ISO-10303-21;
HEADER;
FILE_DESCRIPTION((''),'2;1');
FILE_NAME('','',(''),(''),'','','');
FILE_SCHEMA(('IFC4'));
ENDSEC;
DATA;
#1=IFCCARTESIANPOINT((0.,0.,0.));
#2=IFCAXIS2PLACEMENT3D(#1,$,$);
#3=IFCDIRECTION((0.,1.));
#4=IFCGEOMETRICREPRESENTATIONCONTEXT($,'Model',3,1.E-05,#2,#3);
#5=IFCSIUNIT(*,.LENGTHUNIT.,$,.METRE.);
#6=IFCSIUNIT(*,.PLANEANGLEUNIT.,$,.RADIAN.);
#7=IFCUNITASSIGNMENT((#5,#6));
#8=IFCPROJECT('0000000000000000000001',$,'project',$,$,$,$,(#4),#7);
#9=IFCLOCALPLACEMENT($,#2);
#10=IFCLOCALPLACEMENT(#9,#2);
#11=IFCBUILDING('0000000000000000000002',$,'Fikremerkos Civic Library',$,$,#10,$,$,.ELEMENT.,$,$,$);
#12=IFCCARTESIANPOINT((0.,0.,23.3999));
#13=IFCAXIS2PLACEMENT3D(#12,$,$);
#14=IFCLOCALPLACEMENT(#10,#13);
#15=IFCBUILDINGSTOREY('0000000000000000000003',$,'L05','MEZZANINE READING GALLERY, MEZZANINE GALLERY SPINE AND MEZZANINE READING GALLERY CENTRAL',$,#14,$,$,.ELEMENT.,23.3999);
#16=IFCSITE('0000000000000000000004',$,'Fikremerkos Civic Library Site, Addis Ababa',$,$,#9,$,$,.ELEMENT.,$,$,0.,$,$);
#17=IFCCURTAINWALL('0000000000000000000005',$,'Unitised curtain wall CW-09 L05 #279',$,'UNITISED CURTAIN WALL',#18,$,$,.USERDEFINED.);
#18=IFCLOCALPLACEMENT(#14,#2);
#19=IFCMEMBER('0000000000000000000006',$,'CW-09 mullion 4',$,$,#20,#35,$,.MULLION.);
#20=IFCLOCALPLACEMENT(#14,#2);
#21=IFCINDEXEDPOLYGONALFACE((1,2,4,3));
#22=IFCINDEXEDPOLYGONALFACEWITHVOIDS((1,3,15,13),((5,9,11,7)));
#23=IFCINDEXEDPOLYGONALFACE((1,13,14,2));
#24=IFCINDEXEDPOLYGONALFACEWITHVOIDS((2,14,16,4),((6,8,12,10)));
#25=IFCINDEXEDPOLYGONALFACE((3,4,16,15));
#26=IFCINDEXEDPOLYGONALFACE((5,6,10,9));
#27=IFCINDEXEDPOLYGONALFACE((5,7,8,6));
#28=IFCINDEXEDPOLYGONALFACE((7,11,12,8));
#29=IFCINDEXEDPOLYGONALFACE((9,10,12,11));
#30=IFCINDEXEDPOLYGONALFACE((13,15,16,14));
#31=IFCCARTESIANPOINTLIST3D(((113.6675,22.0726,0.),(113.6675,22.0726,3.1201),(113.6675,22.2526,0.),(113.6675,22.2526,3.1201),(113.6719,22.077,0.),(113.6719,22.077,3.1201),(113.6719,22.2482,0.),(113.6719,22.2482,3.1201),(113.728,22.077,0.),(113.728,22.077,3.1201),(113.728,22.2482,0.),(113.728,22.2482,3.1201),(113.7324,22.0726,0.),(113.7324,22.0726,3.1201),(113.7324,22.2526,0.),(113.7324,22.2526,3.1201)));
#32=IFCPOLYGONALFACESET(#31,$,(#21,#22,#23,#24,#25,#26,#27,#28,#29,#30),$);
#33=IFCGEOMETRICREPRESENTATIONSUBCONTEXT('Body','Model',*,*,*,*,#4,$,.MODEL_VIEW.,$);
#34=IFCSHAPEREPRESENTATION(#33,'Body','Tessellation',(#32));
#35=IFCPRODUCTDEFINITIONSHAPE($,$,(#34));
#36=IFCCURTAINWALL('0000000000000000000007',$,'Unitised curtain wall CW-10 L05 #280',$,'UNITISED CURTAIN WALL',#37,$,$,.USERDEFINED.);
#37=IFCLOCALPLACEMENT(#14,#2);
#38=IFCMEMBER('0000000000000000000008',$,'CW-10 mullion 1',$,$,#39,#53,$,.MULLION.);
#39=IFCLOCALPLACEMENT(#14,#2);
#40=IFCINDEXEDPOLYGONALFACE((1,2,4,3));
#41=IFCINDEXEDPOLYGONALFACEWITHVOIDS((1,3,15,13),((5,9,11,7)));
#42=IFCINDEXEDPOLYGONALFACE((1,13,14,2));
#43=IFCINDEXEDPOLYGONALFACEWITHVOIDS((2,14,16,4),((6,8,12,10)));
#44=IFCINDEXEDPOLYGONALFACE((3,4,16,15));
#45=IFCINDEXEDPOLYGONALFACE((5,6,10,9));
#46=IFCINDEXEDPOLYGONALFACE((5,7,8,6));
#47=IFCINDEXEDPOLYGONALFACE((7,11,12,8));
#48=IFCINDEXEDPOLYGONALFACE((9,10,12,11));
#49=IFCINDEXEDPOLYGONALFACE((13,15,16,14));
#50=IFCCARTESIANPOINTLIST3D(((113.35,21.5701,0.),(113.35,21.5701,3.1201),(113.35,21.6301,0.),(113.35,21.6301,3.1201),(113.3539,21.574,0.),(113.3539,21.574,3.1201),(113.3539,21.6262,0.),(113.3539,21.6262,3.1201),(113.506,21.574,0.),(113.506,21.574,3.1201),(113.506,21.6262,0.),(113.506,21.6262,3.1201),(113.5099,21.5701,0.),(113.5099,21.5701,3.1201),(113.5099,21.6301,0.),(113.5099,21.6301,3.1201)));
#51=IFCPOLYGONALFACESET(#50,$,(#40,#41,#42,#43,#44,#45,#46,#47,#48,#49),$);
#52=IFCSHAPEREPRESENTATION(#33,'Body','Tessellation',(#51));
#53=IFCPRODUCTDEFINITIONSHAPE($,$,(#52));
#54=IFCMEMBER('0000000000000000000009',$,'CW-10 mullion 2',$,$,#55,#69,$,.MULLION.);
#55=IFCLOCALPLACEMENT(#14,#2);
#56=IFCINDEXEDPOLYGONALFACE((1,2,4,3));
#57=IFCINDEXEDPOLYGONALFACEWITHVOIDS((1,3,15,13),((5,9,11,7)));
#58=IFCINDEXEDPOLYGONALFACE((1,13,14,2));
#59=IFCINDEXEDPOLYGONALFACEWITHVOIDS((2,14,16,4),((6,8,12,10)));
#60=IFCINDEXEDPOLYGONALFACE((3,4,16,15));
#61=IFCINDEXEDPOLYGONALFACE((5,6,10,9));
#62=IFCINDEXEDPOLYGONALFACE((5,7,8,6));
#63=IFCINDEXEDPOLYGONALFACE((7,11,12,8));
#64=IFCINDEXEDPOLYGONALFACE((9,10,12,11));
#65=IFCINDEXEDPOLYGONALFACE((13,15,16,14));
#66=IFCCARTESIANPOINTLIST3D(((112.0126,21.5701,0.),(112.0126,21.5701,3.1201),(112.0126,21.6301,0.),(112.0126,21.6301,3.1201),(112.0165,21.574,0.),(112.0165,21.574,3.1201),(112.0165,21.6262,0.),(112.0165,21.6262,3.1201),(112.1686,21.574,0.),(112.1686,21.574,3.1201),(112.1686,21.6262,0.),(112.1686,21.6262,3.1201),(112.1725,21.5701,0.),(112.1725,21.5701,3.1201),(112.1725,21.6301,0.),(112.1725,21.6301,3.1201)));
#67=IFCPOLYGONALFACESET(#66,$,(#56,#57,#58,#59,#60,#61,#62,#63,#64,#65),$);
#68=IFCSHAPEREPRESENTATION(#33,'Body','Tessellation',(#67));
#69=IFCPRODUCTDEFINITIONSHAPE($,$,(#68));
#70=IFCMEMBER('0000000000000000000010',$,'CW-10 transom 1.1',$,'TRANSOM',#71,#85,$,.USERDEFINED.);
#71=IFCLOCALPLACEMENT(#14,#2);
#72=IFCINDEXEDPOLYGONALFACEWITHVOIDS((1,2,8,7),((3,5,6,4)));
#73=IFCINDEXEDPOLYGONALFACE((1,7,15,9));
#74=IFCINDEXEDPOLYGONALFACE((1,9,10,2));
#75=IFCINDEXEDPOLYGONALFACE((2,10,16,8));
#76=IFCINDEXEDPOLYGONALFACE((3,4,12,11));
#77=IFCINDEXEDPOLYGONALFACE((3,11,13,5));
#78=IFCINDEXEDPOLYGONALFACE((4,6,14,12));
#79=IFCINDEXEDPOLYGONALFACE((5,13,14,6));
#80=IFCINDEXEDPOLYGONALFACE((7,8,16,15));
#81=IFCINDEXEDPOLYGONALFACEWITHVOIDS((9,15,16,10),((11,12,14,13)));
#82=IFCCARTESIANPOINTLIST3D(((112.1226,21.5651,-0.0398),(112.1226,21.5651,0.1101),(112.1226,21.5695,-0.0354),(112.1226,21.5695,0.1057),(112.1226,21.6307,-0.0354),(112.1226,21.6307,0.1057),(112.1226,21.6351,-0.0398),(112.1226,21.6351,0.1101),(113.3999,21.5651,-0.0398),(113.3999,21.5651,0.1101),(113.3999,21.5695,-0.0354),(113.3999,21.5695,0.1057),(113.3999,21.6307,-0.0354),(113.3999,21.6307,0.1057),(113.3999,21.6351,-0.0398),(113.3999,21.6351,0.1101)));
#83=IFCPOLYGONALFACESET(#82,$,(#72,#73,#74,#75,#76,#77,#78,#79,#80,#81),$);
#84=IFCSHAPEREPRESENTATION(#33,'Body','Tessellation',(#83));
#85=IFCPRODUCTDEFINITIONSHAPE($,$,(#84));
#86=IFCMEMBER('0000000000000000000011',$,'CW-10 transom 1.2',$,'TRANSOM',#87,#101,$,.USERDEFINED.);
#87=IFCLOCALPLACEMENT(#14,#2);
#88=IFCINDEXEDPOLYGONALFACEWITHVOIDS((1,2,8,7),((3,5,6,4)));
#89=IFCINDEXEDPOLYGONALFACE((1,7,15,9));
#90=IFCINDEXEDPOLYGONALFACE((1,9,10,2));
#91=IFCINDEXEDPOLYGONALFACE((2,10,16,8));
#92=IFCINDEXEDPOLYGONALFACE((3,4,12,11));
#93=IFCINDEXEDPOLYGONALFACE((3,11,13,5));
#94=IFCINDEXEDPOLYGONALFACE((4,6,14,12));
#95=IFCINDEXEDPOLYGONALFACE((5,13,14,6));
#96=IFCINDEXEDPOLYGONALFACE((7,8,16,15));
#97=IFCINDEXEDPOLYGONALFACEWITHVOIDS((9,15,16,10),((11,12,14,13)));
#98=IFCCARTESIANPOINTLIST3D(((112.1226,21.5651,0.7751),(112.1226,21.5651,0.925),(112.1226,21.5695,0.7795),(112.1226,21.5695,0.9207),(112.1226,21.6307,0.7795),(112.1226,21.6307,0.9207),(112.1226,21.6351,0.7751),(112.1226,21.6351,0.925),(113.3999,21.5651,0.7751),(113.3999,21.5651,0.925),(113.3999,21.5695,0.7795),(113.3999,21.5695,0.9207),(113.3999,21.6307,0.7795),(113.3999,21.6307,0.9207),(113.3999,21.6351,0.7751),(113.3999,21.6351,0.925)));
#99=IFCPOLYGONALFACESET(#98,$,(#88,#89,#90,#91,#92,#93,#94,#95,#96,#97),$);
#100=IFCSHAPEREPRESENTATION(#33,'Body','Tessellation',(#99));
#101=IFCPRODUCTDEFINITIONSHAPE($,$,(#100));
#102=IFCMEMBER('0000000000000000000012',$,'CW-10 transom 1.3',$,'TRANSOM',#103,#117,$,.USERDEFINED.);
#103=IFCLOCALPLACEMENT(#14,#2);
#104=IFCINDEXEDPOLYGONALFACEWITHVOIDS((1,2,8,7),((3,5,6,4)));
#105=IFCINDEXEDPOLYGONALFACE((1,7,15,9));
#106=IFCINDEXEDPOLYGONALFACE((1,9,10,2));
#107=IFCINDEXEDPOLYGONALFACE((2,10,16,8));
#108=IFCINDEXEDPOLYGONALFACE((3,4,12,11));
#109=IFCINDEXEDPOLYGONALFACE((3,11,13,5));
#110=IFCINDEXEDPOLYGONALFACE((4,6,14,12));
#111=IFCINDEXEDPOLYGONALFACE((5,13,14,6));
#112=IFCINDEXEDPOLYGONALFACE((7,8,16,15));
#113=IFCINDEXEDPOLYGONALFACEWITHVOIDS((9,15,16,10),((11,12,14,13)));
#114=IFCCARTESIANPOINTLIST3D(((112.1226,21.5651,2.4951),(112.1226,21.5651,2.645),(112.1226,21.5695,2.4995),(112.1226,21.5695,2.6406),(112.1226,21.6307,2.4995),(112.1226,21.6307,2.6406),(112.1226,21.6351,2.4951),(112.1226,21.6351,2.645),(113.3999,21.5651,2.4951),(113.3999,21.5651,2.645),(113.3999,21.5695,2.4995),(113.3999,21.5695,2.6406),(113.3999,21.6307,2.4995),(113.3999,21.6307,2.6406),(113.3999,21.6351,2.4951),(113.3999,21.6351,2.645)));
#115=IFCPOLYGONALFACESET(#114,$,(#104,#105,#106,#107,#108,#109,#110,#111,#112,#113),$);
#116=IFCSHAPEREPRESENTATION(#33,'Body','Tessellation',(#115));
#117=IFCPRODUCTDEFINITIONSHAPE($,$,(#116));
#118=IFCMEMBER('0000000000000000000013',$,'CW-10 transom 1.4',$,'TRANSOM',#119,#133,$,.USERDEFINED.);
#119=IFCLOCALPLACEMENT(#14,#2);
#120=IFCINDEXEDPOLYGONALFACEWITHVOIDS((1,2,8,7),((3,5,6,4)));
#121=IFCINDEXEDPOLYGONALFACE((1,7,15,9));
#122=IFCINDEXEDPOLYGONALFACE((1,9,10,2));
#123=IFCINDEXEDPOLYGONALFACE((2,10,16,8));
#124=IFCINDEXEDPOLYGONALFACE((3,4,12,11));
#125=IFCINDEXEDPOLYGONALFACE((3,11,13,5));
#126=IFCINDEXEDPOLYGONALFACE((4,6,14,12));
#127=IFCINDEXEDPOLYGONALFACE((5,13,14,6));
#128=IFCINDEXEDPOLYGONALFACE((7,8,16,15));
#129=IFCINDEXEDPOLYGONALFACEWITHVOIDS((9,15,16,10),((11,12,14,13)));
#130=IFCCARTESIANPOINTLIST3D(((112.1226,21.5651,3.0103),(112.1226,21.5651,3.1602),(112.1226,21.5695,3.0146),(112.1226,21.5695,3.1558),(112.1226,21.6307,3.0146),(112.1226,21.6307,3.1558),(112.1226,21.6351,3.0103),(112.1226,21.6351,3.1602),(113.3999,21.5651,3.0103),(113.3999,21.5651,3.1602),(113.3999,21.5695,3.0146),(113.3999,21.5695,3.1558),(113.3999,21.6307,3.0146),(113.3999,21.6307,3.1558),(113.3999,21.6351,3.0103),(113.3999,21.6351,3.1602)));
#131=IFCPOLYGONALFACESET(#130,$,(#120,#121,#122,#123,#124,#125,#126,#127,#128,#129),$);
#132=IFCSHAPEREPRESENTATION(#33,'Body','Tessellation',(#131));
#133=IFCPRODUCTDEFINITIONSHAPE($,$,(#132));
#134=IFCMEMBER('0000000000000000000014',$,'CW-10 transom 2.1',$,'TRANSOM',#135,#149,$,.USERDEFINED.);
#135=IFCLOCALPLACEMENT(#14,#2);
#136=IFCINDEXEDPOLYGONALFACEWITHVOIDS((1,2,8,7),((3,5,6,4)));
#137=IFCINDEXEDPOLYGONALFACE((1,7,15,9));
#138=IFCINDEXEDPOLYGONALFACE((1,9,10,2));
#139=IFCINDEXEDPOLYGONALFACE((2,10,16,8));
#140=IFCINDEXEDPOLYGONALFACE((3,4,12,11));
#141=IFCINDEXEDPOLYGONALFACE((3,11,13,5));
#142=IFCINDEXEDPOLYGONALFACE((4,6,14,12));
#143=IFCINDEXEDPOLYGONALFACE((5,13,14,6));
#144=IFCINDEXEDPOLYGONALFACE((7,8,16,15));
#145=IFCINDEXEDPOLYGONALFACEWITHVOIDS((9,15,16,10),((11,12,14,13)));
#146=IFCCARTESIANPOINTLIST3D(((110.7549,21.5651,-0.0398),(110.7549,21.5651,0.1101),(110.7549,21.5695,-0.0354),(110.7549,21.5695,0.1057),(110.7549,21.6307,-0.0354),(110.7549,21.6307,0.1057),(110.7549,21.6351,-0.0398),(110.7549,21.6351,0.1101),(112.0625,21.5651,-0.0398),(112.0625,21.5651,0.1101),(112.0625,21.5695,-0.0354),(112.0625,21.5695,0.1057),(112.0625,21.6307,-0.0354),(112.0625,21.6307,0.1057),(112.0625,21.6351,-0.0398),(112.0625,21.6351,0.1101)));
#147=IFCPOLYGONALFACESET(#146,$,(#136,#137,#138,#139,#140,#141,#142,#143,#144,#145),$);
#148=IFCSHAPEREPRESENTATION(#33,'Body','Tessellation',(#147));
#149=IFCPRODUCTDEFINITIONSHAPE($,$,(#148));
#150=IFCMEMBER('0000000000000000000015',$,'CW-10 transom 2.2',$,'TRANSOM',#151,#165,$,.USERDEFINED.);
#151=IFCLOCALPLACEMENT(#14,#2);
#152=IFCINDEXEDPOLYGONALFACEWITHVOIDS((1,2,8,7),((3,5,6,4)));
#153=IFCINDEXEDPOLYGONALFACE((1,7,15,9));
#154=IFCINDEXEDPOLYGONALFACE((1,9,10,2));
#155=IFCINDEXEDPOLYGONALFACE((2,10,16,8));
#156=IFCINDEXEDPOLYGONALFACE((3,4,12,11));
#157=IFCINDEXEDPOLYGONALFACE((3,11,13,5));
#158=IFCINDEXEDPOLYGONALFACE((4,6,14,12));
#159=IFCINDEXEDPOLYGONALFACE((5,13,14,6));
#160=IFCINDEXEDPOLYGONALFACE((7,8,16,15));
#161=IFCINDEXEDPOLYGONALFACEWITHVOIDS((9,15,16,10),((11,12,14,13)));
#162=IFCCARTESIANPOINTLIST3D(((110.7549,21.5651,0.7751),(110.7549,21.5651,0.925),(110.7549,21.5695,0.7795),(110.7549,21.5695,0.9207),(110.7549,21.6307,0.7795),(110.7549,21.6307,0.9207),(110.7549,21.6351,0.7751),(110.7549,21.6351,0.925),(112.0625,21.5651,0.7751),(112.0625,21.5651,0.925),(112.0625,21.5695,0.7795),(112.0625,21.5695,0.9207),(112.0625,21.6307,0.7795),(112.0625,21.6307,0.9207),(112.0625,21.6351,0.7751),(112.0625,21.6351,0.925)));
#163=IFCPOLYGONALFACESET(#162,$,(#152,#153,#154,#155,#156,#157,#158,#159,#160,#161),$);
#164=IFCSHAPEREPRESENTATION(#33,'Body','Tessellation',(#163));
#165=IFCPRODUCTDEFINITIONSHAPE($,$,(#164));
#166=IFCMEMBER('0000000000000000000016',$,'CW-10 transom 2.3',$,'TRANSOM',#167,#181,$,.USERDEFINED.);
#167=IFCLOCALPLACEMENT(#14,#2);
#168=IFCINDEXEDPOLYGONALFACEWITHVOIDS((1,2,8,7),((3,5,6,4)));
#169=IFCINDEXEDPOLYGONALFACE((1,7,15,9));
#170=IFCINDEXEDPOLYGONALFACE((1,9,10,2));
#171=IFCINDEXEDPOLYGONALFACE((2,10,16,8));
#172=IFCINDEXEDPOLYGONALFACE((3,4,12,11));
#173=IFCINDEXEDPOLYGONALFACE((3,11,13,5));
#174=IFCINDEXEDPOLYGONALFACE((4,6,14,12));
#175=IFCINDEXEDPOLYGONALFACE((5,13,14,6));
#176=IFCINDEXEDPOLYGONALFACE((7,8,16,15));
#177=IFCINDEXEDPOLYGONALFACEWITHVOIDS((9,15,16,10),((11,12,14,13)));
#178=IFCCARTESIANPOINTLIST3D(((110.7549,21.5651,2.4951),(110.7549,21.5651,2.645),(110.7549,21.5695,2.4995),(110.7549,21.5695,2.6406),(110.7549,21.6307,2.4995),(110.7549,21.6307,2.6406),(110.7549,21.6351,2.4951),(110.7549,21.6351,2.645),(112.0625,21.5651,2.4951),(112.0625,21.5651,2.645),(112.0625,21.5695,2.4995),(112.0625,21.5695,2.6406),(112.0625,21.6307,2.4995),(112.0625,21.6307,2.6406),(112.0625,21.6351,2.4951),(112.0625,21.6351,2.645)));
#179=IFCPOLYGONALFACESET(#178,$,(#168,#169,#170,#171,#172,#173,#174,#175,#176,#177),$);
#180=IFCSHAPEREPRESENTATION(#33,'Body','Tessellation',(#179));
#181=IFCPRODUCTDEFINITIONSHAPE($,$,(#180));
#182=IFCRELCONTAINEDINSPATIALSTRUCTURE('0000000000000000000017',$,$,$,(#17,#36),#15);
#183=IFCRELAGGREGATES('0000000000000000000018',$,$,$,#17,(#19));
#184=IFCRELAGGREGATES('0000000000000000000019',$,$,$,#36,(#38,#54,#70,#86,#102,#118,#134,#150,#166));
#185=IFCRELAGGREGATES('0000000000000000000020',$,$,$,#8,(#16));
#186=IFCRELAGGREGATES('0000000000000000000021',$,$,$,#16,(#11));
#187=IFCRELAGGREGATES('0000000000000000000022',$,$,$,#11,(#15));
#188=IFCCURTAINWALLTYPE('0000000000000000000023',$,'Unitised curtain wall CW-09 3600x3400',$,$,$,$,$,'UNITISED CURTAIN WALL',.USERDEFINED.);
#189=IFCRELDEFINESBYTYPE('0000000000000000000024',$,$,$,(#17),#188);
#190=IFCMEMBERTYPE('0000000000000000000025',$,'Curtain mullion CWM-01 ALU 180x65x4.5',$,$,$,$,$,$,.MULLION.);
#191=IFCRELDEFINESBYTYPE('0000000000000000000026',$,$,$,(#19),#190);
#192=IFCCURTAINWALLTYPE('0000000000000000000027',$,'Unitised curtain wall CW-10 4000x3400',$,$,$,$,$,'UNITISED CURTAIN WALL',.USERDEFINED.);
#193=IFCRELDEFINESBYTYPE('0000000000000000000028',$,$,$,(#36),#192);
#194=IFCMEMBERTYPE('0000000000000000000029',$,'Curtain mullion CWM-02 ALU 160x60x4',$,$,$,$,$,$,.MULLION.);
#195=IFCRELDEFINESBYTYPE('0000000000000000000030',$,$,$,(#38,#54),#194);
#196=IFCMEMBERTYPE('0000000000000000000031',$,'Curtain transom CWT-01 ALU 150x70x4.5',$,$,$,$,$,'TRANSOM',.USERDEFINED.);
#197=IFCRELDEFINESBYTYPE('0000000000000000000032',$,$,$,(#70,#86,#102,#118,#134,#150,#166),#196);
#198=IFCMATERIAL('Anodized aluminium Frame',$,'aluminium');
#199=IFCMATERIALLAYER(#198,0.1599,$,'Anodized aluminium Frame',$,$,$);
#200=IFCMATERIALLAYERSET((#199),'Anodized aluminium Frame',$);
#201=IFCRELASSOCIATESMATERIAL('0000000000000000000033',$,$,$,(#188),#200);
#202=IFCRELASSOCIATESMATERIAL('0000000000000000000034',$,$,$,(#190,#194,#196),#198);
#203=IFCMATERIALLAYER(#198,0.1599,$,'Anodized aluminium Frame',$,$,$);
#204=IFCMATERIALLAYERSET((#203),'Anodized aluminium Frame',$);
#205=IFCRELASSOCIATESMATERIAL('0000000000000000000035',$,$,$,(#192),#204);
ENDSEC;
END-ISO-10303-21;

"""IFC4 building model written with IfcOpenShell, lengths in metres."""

from ifc_helpers import new_model, si_unit, direction, frame, origin, origin_2d, place, context, subcontext, project, spatial, hollow_rectangle, extrude, material, layer, layer_set, material_profile, profile_set, type_object, element, aggregate, save


model = new_model("IFC4")

# Units and contexts
model_context = context("Model", 3, precision=1e-05, world=origin(), true_north=direction((0.0, 1.0)))
body_context = subcontext(model_context, "Body", "Model", "MODEL_VIEW")
ifc_project = project(units=[si_unit("LENGTHUNIT", "METRE"), si_unit("PLANEANGLEUNIT", "RADIAN")], contexts=[model_context])

# Site, building, storey
site_placement = place(None, origin())
site = spatial("IfcSite", under=ifc_project, at=site_placement, Name="Fikremerkos Civic Library Site, Addis Ababa", CompositionType="ELEMENT", RefElevation=0.0)
building_placement = place(site_placement, origin())
building = spatial("IfcBuilding", under=site, at=building_placement, Name="Fikremerkos Civic Library", CompositionType="ELEMENT")
storey_placement = place(building_placement, frame((0.0, 0.0, 23.3999)))
storey = spatial("IfcBuildingStorey", under=building, at=storey_placement, Name="L05", Description="MEZZANINE READING GALLERY, MEZZANINE GALLERY SPINE AND MEZZANINE READING GALLERY CENTRAL", CompositionType="ELEMENT", Elevation=23.3999)

# Curtain wall, member
ifc_material_1 = material(Name="Anodized aluminium Frame", Category="aluminium")
ifc_layer_1 = layer(ifc_material_1, 0.1599, Name="Anodized aluminium Frame")
ifc_layer_set_1 = layer_set([ifc_layer_1], Name="Anodized aluminium Frame")
curtain_wall_type_1 = type_object("IfcCurtainWallType", Name="Unitised curtain wall CW-09 3600x3400", ElementType="UNITISED CURTAIN WALL", PredefinedType="USERDEFINED", material=ifc_layer_set_1)
curtain_wall_1_placement = place(storey_placement, origin())
curtain_wall_1 = element("IfcCurtainWall", 1, at=curtain_wall_1_placement, inside=storey, type_object=curtain_wall_type_1, Name="Unitised curtain wall CW-09 L05 #279", ObjectType="UNITISED CURTAIN WALL", PredefinedType="USERDEFINED")
ifc_material_profile_1 = material_profile(ifc_material_1, hollow_rectangle(XDim=0.0649, YDim=0.1799, WallThickness=0.0044, at=origin_2d()), Name="ALU 180x65x4.5")
ifc_profile_set_1 = profile_set([ifc_material_profile_1], Name="Anodized aluminium Frame")
member_type_1 = type_object("IfcMemberType", Name="Curtain mullion CWM-01 ALU 180x65x4.5", PredefinedType="MULLION", material=ifc_profile_set_1)
member_1_placement = place(storey_placement, frame((113.7, 22.1626, 0.0), z_axis=(0.0, 0.0, 1.0), x_axis=(1.0, 0.0, 0.0)))
member_1 = element("IfcMember", 2, at=member_1_placement, type_object=member_type_1, Name="CW-09 mullion 4", PredefinedType="MULLION", context=body_context, shape_type="SweptSolid", body=[
    extrude(hollow_rectangle(XDim=0.0649, YDim=0.1799, WallThickness=0.0044, at=origin_2d()), origin(), (0.0, 0.0, 1.0), 3.1201),
])

# Curtain wall, members
ifc_layer_2 = layer(ifc_material_1, 0.1599, Name="Anodized aluminium Frame")
ifc_layer_set_2 = layer_set([ifc_layer_2], Name="Anodized aluminium Frame")
curtain_wall_type_2 = type_object("IfcCurtainWallType", Name="Unitised curtain wall CW-10 4000x3400", ElementType="UNITISED CURTAIN WALL", PredefinedType="USERDEFINED", material=ifc_layer_set_2)
curtain_wall_2_placement = place(storey_placement, origin())
curtain_wall_2 = element("IfcCurtainWall", 3, at=curtain_wall_2_placement, inside=storey, type_object=curtain_wall_type_2, Name="Unitised curtain wall CW-10 L05 #280", ObjectType="UNITISED CURTAIN WALL", PredefinedType="USERDEFINED")
ifc_material_profile_2 = material_profile(ifc_material_1, hollow_rectangle(XDim=0.0601, YDim=0.1599, WallThickness=0.0039, at=origin_2d()), Name="ALU 160x60x4")
ifc_profile_set_2 = profile_set([ifc_material_profile_2], Name="Anodized aluminium Frame")
member_type_2 = type_object("IfcMemberType", Name="Curtain mullion CWM-02 ALU 160x60x4", PredefinedType="MULLION", material=ifc_profile_set_2)
member_2_placement = place(storey_placement, frame((113.4299, 21.6001, 0.0), z_axis=(0.0, 0.0, 1.0), x_axis=(0.0, -1.0, 0.0)))
member_2 = element("IfcMember", 4, at=member_2_placement, type_object=member_type_2, Name="CW-10 mullion 1", PredefinedType="MULLION", context=body_context, shape_type="SweptSolid", body=[
    extrude(hollow_rectangle(XDim=0.0601, YDim=0.1599, WallThickness=0.0039, at=origin_2d()), origin(), (0.0, 0.0, 1.0), 3.1201),
])
member_3_placement = place(storey_placement, frame((112.0925, 21.6001, 0.0), z_axis=(0.0, 0.0, 1.0), x_axis=(0.0, -1.0, 0.0)))
member_3 = element("IfcMember", 5, at=member_3_placement, type_object=member_type_2, Name="CW-10 mullion 2", PredefinedType="MULLION", context=body_context, shape_type="SweptSolid", body=[
    extrude(hollow_rectangle(XDim=0.0601, YDim=0.1599, WallThickness=0.0039, at=origin_2d()), origin(), (0.0, 0.0, 1.0), 3.1201),
])
ifc_material_profile_3 = material_profile(ifc_material_1, hollow_rectangle(XDim=0.0701, YDim=0.1499, WallThickness=0.0044, at=origin_2d()), Name="ALU 150x70x4.5")
ifc_profile_set_3 = profile_set([ifc_material_profile_3], Name="Anodized aluminium Frame")
member_type_3 = type_object("IfcMemberType", Name="Curtain transom CWT-01 ALU 150x70x4.5", ElementType="TRANSOM", PredefinedType="USERDEFINED", material=ifc_profile_set_3)
member_4_placement = place(storey_placement, frame((113.3999, 21.6001, 0.0352), z_axis=(-1.0, 0.0, 0.0), x_axis=(0.0, -1.0, 0.0)))
member_4 = element("IfcMember", 6, at=member_4_placement, type_object=member_type_3, Name="CW-10 transom 1.1", ObjectType="TRANSOM", PredefinedType="USERDEFINED", context=body_context, shape_type="SweptSolid", body=[
    extrude(hollow_rectangle(XDim=0.0701, YDim=0.1499, WallThickness=0.0044, at=origin_2d()), origin(), (0.0, 0.0, 1.0), 1.2773),
])
member_5_placement = place(storey_placement, frame((113.3999, 21.6001, 0.8501), z_axis=(-1.0, 0.0, 0.0), x_axis=(0.0, -1.0, 0.0)))
member_5 = element("IfcMember", 7, at=member_5_placement, type_object=member_type_3, Name="CW-10 transom 1.2", ObjectType="TRANSOM", PredefinedType="USERDEFINED", context=body_context, shape_type="SweptSolid", body=[
    extrude(hollow_rectangle(XDim=0.0701, YDim=0.1499, WallThickness=0.0044, at=origin_2d()), origin(), (0.0, 0.0, 1.0), 1.2773),
])
member_6_placement = place(storey_placement, frame((113.3999, 21.6001, 2.5701), z_axis=(-1.0, 0.0, 0.0), x_axis=(0.0, -1.0, 0.0)))
member_6 = element("IfcMember", 8, at=member_6_placement, type_object=member_type_3, Name="CW-10 transom 1.3", ObjectType="TRANSOM", PredefinedType="USERDEFINED", context=body_context, shape_type="SweptSolid", body=[
    extrude(hollow_rectangle(XDim=0.0701, YDim=0.1499, WallThickness=0.0044, at=origin_2d()), origin(), (0.0, 0.0, 1.0), 1.2773),
])
member_7_placement = place(storey_placement, frame((113.3999, 21.6001, 3.0852), z_axis=(-1.0, 0.0, 0.0), x_axis=(0.0, -1.0, 0.0)))
member_7 = element("IfcMember", 9, at=member_7_placement, type_object=member_type_3, Name="CW-10 transom 1.4", ObjectType="TRANSOM", PredefinedType="USERDEFINED", context=body_context, shape_type="SweptSolid", body=[
    extrude(hollow_rectangle(XDim=0.0701, YDim=0.1499, WallThickness=0.0044, at=origin_2d()), origin(), (0.0, 0.0, 1.0), 1.2773),
])
member_8_placement = place(storey_placement, frame((112.0625, 21.6001, 0.0352), z_axis=(-1.0, 0.0, 0.0), x_axis=(0.0, -1.0, 0.0)))
member_8 = element("IfcMember", 10, at=member_8_placement, type_object=member_type_3, Name="CW-10 transom 2.1", ObjectType="TRANSOM", PredefinedType="USERDEFINED", context=body_context, shape_type="SweptSolid", body=[
    extrude(hollow_rectangle(XDim=0.0701, YDim=0.1499, WallThickness=0.0044, at=origin_2d()), origin(), (0.0, 0.0, 1.0), 1.3076),
])
member_9_placement = place(storey_placement, frame((112.0625, 21.6001, 0.8501), z_axis=(-1.0, 0.0, 0.0), x_axis=(0.0, -1.0, 0.0)))
member_9 = element("IfcMember", 11, at=member_9_placement, type_object=member_type_3, Name="CW-10 transom 2.2", ObjectType="TRANSOM", PredefinedType="USERDEFINED", context=body_context, shape_type="SweptSolid", body=[
    extrude(hollow_rectangle(XDim=0.0701, YDim=0.1499, WallThickness=0.0044, at=origin_2d()), origin(), (0.0, 0.0, 1.0), 1.3076),
])
member_10_placement = place(storey_placement, frame((112.0625, 21.6001, 2.5701), z_axis=(-1.0, 0.0, 0.0), x_axis=(0.0, -1.0, 0.0)))
member_10 = element("IfcMember", 12, at=member_10_placement, type_object=member_type_3, Name="CW-10 transom 2.3", ObjectType="TRANSOM", PredefinedType="USERDEFINED", context=body_context, shape_type="SweptSolid", body=[
    extrude(hollow_rectangle(XDim=0.0701, YDim=0.1499, WallThickness=0.0044, at=origin_2d()), origin(), (0.0, 0.0, 1.0), 1.3076),
])

aggregate(curtain_wall_1, [member_1])
aggregate(curtain_wall_2, [member_2, member_3, member_4, member_5, member_6, member_7, member_8, member_9, member_10])

save(model, "model.ifc")
